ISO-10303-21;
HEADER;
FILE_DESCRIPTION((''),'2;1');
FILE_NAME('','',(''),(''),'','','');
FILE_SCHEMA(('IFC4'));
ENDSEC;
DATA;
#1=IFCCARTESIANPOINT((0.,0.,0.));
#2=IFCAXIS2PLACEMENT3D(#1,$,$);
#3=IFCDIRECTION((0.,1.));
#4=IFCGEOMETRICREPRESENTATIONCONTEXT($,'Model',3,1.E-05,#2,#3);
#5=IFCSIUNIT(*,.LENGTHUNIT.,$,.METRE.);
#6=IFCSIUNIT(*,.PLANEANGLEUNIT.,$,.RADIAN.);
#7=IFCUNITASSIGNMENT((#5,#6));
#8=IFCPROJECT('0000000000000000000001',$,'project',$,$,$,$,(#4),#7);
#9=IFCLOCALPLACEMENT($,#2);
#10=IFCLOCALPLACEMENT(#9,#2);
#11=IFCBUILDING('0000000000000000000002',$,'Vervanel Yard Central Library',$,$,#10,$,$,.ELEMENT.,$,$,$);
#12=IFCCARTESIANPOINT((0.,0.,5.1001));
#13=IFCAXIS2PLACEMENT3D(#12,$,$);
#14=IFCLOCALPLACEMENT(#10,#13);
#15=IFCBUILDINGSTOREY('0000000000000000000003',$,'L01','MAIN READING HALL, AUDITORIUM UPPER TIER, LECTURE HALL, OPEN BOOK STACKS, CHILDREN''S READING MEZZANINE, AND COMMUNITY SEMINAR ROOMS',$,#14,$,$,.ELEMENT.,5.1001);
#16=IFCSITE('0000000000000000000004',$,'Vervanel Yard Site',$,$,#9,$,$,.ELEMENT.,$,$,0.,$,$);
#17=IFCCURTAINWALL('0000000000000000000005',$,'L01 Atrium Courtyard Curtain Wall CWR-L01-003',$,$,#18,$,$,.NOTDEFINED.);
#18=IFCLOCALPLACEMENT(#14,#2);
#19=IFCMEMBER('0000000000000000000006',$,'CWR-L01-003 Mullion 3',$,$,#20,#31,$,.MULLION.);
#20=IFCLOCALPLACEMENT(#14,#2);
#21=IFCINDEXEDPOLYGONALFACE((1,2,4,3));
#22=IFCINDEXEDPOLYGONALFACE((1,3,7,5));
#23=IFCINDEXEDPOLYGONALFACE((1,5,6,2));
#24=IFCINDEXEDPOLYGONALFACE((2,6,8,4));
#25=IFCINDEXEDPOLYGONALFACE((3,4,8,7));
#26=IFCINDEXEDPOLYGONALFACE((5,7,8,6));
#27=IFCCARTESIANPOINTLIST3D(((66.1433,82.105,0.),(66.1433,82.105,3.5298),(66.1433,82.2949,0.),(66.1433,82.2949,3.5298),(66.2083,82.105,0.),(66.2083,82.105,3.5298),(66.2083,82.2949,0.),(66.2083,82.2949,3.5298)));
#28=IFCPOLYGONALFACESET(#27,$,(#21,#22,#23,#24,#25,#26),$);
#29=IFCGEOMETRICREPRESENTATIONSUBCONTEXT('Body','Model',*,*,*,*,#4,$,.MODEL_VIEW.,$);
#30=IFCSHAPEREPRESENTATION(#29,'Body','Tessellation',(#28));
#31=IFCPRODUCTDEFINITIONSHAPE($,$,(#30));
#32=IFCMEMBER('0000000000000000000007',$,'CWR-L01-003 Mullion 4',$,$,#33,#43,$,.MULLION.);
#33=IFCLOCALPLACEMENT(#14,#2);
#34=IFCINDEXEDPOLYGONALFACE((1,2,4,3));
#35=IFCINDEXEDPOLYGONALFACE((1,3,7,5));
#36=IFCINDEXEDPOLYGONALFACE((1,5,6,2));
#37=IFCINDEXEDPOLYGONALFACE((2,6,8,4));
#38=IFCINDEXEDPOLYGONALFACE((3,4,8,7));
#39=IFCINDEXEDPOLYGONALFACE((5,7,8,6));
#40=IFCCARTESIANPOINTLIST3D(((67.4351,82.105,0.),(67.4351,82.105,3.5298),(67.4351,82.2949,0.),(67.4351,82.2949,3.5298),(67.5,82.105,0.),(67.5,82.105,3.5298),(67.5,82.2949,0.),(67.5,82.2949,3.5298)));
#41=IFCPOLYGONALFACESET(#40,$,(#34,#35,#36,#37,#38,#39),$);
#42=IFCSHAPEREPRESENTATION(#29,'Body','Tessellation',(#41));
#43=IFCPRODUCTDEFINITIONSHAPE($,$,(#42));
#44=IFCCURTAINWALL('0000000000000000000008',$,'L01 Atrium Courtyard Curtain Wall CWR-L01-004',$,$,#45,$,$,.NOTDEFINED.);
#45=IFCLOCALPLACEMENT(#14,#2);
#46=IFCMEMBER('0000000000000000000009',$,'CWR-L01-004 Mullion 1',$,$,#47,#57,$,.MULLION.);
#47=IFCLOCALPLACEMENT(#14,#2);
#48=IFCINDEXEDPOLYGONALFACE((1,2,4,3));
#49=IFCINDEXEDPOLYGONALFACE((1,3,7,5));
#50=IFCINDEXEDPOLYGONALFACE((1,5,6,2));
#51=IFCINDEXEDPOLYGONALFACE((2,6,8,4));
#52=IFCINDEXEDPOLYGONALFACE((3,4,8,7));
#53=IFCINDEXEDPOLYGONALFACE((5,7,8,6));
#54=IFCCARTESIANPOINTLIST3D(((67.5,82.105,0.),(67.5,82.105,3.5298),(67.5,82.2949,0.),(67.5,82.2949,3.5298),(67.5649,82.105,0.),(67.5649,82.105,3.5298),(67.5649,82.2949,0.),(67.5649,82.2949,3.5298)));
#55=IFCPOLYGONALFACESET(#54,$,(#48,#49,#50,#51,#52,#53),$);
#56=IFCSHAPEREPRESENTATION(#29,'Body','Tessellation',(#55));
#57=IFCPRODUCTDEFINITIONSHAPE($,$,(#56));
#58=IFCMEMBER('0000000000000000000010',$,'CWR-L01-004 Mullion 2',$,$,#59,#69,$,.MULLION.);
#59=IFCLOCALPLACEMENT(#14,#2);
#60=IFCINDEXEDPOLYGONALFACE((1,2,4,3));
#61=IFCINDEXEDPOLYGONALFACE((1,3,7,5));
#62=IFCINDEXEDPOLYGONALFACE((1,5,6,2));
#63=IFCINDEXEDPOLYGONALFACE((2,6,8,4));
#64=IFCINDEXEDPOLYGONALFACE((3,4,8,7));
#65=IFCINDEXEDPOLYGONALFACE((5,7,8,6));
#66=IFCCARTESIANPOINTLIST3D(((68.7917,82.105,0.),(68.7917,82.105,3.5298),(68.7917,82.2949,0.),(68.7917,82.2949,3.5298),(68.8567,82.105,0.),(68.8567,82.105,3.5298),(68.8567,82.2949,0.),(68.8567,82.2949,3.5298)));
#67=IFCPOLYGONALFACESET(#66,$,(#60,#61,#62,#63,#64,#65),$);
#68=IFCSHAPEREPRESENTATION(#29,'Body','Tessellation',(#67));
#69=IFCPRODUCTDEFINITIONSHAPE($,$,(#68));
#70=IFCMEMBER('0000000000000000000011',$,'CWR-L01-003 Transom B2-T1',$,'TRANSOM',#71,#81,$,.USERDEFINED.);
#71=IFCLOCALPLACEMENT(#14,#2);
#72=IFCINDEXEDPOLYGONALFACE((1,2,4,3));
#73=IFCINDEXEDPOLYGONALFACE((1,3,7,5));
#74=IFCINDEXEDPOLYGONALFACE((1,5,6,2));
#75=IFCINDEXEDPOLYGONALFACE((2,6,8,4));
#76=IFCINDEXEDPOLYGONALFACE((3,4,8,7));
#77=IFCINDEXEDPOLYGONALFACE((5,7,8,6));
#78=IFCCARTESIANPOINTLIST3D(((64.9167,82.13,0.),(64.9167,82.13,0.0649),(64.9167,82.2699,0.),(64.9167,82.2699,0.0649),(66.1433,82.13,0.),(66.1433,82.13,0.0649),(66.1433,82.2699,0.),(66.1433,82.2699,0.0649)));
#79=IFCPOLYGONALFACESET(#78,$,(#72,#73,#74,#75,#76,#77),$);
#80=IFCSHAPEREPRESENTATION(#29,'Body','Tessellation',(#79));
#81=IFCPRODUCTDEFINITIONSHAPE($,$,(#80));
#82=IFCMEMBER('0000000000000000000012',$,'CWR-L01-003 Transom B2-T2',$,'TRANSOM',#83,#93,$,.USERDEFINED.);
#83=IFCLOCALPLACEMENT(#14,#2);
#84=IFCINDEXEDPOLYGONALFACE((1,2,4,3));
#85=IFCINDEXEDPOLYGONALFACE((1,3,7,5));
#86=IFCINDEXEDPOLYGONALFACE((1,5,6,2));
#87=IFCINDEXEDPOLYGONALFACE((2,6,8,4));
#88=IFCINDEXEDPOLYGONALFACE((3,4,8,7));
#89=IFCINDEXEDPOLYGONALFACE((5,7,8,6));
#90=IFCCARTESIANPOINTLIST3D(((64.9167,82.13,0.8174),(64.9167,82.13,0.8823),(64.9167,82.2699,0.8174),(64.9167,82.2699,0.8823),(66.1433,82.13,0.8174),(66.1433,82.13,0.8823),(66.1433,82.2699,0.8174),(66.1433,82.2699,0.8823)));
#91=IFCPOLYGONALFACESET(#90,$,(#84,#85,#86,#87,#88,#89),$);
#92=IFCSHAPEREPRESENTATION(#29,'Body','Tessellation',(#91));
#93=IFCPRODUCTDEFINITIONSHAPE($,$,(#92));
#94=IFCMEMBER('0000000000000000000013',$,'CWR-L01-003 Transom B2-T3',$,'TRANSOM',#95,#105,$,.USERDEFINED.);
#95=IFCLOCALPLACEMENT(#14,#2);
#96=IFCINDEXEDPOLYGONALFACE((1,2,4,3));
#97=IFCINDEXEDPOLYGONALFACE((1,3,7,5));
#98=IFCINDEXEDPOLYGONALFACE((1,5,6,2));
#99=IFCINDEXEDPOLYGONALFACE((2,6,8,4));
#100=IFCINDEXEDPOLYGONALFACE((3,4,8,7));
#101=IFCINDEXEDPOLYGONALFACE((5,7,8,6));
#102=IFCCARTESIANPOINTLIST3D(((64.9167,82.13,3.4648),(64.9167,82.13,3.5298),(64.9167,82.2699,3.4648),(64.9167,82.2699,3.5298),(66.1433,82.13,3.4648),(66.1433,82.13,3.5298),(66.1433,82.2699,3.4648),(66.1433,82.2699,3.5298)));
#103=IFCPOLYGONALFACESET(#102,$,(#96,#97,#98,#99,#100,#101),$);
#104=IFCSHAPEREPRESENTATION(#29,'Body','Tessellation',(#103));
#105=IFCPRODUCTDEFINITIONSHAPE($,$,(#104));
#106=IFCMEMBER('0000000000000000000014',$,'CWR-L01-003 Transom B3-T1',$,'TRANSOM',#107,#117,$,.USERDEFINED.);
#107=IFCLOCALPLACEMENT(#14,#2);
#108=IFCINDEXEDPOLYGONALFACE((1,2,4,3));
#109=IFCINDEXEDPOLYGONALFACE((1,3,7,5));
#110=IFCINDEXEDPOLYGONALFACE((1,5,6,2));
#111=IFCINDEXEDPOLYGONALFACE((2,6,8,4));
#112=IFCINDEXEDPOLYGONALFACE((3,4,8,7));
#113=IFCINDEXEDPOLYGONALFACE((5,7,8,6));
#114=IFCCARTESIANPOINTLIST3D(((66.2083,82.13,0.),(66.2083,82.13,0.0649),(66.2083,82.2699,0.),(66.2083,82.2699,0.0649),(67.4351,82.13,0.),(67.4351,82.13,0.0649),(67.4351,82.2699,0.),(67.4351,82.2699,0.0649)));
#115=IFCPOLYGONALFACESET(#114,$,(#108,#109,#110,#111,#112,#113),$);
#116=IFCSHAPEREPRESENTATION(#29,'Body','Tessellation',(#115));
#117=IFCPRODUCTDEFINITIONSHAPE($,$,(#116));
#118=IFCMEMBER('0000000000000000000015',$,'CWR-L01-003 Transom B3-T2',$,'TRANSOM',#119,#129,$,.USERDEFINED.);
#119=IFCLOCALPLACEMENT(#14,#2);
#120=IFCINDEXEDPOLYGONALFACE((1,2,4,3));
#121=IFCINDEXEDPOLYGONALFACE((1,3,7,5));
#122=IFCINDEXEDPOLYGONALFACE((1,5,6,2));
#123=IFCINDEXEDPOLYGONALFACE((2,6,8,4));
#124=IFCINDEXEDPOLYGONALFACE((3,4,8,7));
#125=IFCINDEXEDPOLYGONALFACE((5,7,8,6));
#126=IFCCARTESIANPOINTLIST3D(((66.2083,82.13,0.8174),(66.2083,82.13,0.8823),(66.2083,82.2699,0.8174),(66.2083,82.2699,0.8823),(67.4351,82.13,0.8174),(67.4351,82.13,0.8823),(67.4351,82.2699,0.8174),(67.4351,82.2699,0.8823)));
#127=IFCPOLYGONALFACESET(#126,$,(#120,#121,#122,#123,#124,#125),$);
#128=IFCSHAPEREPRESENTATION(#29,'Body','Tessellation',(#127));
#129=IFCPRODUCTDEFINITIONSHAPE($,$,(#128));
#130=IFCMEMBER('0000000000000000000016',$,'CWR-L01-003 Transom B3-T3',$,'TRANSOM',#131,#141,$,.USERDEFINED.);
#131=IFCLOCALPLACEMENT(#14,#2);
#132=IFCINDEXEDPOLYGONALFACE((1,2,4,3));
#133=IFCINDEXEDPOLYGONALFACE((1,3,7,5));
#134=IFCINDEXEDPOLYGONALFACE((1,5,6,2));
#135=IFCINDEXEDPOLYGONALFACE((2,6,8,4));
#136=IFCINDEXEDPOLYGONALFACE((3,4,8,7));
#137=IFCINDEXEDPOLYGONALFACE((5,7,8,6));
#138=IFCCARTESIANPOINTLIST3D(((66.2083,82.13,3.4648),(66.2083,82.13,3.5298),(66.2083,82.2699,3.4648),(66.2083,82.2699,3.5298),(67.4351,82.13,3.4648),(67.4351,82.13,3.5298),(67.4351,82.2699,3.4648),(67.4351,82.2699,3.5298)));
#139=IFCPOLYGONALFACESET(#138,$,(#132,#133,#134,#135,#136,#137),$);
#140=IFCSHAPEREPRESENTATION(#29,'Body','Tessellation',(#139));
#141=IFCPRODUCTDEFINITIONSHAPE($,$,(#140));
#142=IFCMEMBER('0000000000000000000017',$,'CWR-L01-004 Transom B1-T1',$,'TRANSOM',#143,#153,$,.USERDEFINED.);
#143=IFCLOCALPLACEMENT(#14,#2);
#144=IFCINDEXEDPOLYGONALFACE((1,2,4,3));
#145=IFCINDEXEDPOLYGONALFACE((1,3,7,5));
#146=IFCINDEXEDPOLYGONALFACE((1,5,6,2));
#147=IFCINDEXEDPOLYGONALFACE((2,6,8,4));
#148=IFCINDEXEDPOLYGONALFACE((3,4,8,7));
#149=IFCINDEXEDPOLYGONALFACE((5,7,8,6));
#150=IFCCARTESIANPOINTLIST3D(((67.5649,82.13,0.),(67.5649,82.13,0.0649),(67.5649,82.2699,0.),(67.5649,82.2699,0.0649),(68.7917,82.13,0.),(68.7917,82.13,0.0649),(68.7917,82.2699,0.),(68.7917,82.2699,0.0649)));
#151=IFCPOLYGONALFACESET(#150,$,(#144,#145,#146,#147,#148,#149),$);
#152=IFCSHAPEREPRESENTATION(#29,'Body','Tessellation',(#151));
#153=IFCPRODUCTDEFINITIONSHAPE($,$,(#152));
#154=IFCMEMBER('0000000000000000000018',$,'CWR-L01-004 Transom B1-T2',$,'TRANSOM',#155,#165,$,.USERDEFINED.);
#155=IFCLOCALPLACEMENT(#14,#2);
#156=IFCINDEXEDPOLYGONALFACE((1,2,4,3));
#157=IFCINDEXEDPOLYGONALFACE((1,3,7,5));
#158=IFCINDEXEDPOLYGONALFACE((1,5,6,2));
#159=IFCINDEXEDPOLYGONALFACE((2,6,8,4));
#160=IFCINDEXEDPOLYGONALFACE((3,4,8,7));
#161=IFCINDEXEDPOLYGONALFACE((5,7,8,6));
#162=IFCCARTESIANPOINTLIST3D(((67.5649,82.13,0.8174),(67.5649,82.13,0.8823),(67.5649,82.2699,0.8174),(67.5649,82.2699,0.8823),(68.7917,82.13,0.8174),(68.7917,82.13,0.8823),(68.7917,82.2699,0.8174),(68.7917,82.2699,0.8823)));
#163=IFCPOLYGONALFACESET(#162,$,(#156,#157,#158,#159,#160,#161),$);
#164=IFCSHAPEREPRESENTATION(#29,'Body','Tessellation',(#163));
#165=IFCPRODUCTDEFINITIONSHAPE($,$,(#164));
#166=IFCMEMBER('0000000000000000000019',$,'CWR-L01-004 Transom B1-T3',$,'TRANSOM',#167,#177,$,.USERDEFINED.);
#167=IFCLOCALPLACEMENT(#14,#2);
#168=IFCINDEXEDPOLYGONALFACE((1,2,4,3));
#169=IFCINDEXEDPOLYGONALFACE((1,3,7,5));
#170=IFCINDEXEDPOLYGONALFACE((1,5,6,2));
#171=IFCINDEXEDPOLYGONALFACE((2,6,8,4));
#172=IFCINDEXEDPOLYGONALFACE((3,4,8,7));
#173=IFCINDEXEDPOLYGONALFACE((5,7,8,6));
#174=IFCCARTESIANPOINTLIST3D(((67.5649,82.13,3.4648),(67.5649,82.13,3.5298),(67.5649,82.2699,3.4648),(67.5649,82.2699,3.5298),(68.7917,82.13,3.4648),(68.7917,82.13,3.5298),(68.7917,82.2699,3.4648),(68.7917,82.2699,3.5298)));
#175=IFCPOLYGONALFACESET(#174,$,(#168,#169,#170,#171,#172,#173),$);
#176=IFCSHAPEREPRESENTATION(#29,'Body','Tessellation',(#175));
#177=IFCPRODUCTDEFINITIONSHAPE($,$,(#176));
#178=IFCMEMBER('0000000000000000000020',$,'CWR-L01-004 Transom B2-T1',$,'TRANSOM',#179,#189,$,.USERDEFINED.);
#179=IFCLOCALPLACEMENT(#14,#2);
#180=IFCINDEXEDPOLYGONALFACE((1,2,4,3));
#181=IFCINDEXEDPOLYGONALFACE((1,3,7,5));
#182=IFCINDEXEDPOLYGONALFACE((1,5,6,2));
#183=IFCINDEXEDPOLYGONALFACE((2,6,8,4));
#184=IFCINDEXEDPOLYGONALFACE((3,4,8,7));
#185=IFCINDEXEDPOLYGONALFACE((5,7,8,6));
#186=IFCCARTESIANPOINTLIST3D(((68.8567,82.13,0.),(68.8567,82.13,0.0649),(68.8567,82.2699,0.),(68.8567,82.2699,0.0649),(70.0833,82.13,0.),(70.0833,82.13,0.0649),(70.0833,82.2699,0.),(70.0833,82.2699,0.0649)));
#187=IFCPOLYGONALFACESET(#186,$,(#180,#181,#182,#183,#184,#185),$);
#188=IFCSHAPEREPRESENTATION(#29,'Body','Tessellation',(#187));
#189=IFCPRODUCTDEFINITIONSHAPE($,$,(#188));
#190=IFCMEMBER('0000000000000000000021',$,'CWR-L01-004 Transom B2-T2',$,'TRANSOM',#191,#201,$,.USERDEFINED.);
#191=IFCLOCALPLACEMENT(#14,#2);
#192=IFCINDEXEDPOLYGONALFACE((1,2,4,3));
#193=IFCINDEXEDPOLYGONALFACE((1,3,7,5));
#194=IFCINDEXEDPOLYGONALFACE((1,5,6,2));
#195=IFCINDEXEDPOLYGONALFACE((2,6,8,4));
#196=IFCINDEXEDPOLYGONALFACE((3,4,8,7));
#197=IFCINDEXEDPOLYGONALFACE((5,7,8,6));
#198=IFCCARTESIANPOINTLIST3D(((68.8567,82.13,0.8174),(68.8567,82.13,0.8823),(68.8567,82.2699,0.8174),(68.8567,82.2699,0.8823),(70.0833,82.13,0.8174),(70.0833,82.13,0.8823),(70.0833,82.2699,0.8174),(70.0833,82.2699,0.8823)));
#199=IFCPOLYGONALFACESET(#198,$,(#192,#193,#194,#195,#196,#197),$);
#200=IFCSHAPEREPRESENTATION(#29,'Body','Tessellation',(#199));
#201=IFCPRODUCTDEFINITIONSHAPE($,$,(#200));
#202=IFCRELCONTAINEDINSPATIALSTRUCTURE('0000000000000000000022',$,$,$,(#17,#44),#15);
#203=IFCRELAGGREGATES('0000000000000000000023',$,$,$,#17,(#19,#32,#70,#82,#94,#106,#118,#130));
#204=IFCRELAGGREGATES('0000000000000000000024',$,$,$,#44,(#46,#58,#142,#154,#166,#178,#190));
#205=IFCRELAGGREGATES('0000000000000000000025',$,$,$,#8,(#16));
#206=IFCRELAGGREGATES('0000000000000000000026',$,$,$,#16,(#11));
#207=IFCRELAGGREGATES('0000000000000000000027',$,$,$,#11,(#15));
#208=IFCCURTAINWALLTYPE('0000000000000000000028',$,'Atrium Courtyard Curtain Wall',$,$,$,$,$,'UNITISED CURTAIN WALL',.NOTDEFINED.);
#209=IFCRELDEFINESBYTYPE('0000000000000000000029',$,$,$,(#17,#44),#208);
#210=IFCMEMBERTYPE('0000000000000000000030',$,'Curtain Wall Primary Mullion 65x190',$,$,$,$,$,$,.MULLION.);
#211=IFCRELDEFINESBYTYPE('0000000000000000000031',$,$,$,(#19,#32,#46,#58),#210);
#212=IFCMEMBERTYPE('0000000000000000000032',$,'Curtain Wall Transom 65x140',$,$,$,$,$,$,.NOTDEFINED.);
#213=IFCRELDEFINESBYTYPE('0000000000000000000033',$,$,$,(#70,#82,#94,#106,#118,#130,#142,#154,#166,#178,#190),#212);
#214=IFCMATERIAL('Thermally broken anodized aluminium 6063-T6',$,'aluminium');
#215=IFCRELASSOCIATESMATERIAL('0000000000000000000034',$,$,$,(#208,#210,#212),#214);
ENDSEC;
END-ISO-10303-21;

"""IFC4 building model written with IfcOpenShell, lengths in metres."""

from ifc_helpers import new_model, si_unit, direction, frame, origin, origin_2d, place, context, subcontext, project, spatial, rectangle, extrude, material, material_profile, profile_set, type_object, element, aggregate, save


model = new_model("IFC4")

# Units and contexts
model_context = context("Model", 3, precision=1e-05, world=origin(), true_north=direction((0.0, 1.0)))
body_context = subcontext(model_context, "Body", "Model", "MODEL_VIEW")
ifc_project = project(units=[si_unit("LENGTHUNIT", "METRE"), si_unit("PLANEANGLEUNIT", "RADIAN")], contexts=[model_context])

# Site, building, storey
site_placement = place(None, origin())
site = spatial("IfcSite", under=ifc_project, at=site_placement, Name="Vervanel Yard Site", CompositionType="ELEMENT", RefElevation=0.0)
building_placement = place(site_placement, origin())
building = spatial("IfcBuilding", under=site, at=building_placement, Name="Vervanel Yard Central Library", CompositionType="ELEMENT")
storey_placement = place(building_placement, frame((0.0, 0.0, 5.1001)))
storey = spatial("IfcBuildingStorey", under=building, at=storey_placement, Name="L01", Description="MAIN READING HALL, AUDITORIUM UPPER TIER, LECTURE HALL, OPEN BOOK STACKS, CHILDREN'S READING MEZZANINE, AND COMMUNITY SEMINAR ROOMS", CompositionType="ELEMENT", Elevation=5.1001)

# Curtain walls, members
ifc_material_1 = material(Name="Thermally broken anodized aluminium 6063-T6", Category="aluminium")
curtain_wall_type = type_object("IfcCurtainWallType", Name="Atrium Courtyard Curtain Wall", ElementType="UNITISED CURTAIN WALL", PredefinedType="NOTDEFINED", material=ifc_material_1)
curtain_wall_1_placement = place(storey_placement, origin())
curtain_wall_1 = element("IfcCurtainWall", 1, at=curtain_wall_1_placement, inside=storey, type_object=curtain_wall_type, Name="L01 Atrium Courtyard Curtain Wall CWR-L01-003", PredefinedType="NOTDEFINED")
ifc_material_profile_1 = material_profile(ifc_material_1, rectangle(XDim=0.0649, YDim=0.1899, at=origin_2d()), Name="ALU 65x190", Category="aluminium")
ifc_profile_set_1 = profile_set([ifc_material_profile_1], Name="Thermally broken anodized aluminium 6063-T6")
member_type_1 = type_object("IfcMemberType", Name="Curtain Wall Primary Mullion 65x190", PredefinedType="MULLION", material=ifc_profile_set_1)
member_1_placement = place(storey_placement, frame((66.1758, 82.2, 0.0), z_axis=(0.0, 0.0, 1.0), x_axis=(1.0, 0.0, 0.0)))
member_1 = element("IfcMember", 2, at=member_1_placement, type_object=member_type_1, Name="CWR-L01-003 Mullion 3", PredefinedType="MULLION", context=body_context, shape_type="SweptSolid", body=[
    extrude(rectangle(XDim=0.0649, YDim=0.1899, at=origin_2d()), origin(), (0.0, 0.0, 1.0), 3.5298),
])
member_2_placement = place(storey_placement, frame((67.4675, 82.2, 0.0), z_axis=(0.0, 0.0, 1.0), x_axis=(1.0, 0.0, 0.0)))
member_2 = element("IfcMember", 3, at=member_2_placement, type_object=member_type_1, Name="CWR-L01-003 Mullion 4", PredefinedType="MULLION", context=body_context, shape_type="SweptSolid", body=[
    extrude(rectangle(XDim=0.0649, YDim=0.1899, at=origin_2d()), origin(), (0.0, 0.0, 1.0), 3.5298),
])
curtain_wall_2_placement = place(storey_placement, origin())
curtain_wall_2 = element("IfcCurtainWall", 4, at=curtain_wall_2_placement, inside=storey, type_object=curtain_wall_type, Name="L01 Atrium Courtyard Curtain Wall CWR-L01-004", PredefinedType="NOTDEFINED")
member_3_placement = place(storey_placement, frame((67.5325, 82.2, 0.0), z_axis=(0.0, 0.0, 1.0), x_axis=(1.0, 0.0, 0.0)))
member_3 = element("IfcMember", 5, at=member_3_placement, type_object=member_type_1, Name="CWR-L01-004 Mullion 1", PredefinedType="MULLION", context=body_context, shape_type="SweptSolid", body=[
    extrude(rectangle(XDim=0.0649, YDim=0.1899, at=origin_2d()), origin(), (0.0, 0.0, 1.0), 3.5298),
])
member_4_placement = place(storey_placement, frame((68.8242, 82.2, 0.0), z_axis=(0.0, 0.0, 1.0), x_axis=(1.0, 0.0, 0.0)))
member_4 = element("IfcMember", 6, at=member_4_placement, type_object=member_type_1, Name="CWR-L01-004 Mullion 2", PredefinedType="MULLION", context=body_context, shape_type="SweptSolid", body=[
    extrude(rectangle(XDim=0.0649, YDim=0.1899, at=origin_2d()), origin(), (0.0, 0.0, 1.0), 3.5298),
])

# Members
ifc_material_profile_2 = material_profile(ifc_material_1, rectangle(XDim=0.0649, YDim=0.1399, at=origin_2d()), Name="ALU 65x140", Category="aluminium")
ifc_profile_set_2 = profile_set([ifc_material_profile_2], Name="Thermally broken anodized aluminium 6063-T6")
member_type_2 = type_object("IfcMemberType", Name="Curtain Wall Transom 65x140", PredefinedType="NOTDEFINED", material=ifc_profile_set_2)
member_5_placement = place(storey_placement, frame((64.9167, 82.2, 0.0325), z_axis=(1.0, 0.0, 0.0), x_axis=(0.0, 0.0, 1.0)))
member_5 = element("IfcMember", 7, at=member_5_placement, type_object=member_type_2, Name="CWR-L01-003 Transom B2-T1", ObjectType="TRANSOM", PredefinedType="USERDEFINED", context=body_context, shape_type="SweptSolid", body=[
    extrude(rectangle(XDim=0.0649, YDim=0.1399, at=origin_2d()), origin(), (0.0, 0.0, 1.0), 1.2266),
])
member_6_placement = place(storey_placement, frame((64.9167, 82.2, 0.8499), z_axis=(1.0, 0.0, 0.0), x_axis=(0.0, 0.0, 1.0)))
member_6 = element("IfcMember", 8, at=member_6_placement, type_object=member_type_2, Name="CWR-L01-003 Transom B2-T2", ObjectType="TRANSOM", PredefinedType="USERDEFINED", context=body_context, shape_type="SweptSolid", body=[
    extrude(rectangle(XDim=0.0649, YDim=0.1399, at=origin_2d()), origin(), (0.0, 0.0, 1.0), 1.2266),
])
member_7_placement = place(storey_placement, frame((64.9167, 82.2, 3.4973), z_axis=(1.0, 0.0, 0.0), x_axis=(0.0, 0.0, 1.0)))
member_7 = element("IfcMember", 9, at=member_7_placement, type_object=member_type_2, Name="CWR-L01-003 Transom B2-T3", ObjectType="TRANSOM", PredefinedType="USERDEFINED", context=body_context, shape_type="SweptSolid", body=[
    extrude(rectangle(XDim=0.0649, YDim=0.1399, at=origin_2d()), origin(), (0.0, 0.0, 1.0), 1.2266),
])
member_8_placement = place(storey_placement, frame((66.2083, 82.2, 0.0325), z_axis=(1.0, 0.0, 0.0), x_axis=(0.0, 0.0, 1.0)))
member_8 = element("IfcMember", 10, at=member_8_placement, type_object=member_type_2, Name="CWR-L01-003 Transom B3-T1", ObjectType="TRANSOM", PredefinedType="USERDEFINED", context=body_context, shape_type="SweptSolid", body=[
    extrude(rectangle(XDim=0.0649, YDim=0.1399, at=origin_2d()), origin(), (0.0, 0.0, 1.0), 1.2268),
])
member_9_placement = place(storey_placement, frame((66.2083, 82.2, 0.8499), z_axis=(1.0, 0.0, 0.0), x_axis=(0.0, 0.0, 1.0)))
member_9 = element("IfcMember", 11, at=member_9_placement, type_object=member_type_2, Name="CWR-L01-003 Transom B3-T2", ObjectType="TRANSOM", PredefinedType="USERDEFINED", context=body_context, shape_type="SweptSolid", body=[
    extrude(rectangle(XDim=0.0649, YDim=0.1399, at=origin_2d()), origin(), (0.0, 0.0, 1.0), 1.2268),
])
member_10_placement = place(storey_placement, frame((66.2083, 82.2, 3.4973), z_axis=(1.0, 0.0, 0.0), x_axis=(0.0, 0.0, 1.0)))
member_10 = element("IfcMember", 12, at=member_10_placement, type_object=member_type_2, Name="CWR-L01-003 Transom B3-T3", ObjectType="TRANSOM", PredefinedType="USERDEFINED", context=body_context, shape_type="SweptSolid", body=[
    extrude(rectangle(XDim=0.0649, YDim=0.1399, at=origin_2d()), origin(), (0.0, 0.0, 1.0), 1.2268),
])
member_11_placement = place(storey_placement, frame((67.5649, 82.2, 0.0325), z_axis=(1.0, 0.0, 0.0), x_axis=(0.0, 0.0, 1.0)))
member_11 = element("IfcMember", 13, at=member_11_placement, type_object=member_type_2, Name="CWR-L01-004 Transom B1-T1", ObjectType="TRANSOM", PredefinedType="USERDEFINED", context=body_context, shape_type="SweptSolid", body=[
    extrude(rectangle(XDim=0.0649, YDim=0.1399, at=origin_2d()), origin(), (0.0, 0.0, 1.0), 1.2268),
])
member_12_placement = place(storey_placement, frame((67.5649, 82.2, 0.8499), z_axis=(1.0, 0.0, 0.0), x_axis=(0.0, 0.0, 1.0)))
member_12 = element("IfcMember", 14, at=member_12_placement, type_object=member_type_2, Name="CWR-L01-004 Transom B1-T2", ObjectType="TRANSOM", PredefinedType="USERDEFINED", context=body_context, shape_type="SweptSolid", body=[
    extrude(rectangle(XDim=0.0649, YDim=0.1399, at=origin_2d()), origin(), (0.0, 0.0, 1.0), 1.2268),
])
member_13_placement = place(storey_placement, frame((67.5649, 82.2, 3.4973), z_axis=(1.0, 0.0, 0.0), x_axis=(0.0, 0.0, 1.0)))
member_13 = element("IfcMember", 15, at=member_13_placement, type_object=member_type_2, Name="CWR-L01-004 Transom B1-T3", ObjectType="TRANSOM", PredefinedType="USERDEFINED", context=body_context, shape_type="SweptSolid", body=[
    extrude(rectangle(XDim=0.0649, YDim=0.1399, at=origin_2d()), origin(), (0.0, 0.0, 1.0), 1.2268),
])
member_14_placement = place(storey_placement, frame((68.8567, 82.2, 0.0325), z_axis=(1.0, 0.0, 0.0), x_axis=(0.0, 0.0, 1.0)))
member_14 = element("IfcMember", 16, at=member_14_placement, type_object=member_type_2, Name="CWR-L01-004 Transom B2-T1", ObjectType="TRANSOM", PredefinedType="USERDEFINED", context=body_context, shape_type="SweptSolid", body=[
    extrude(rectangle(XDim=0.0649, YDim=0.1399, at=origin_2d()), origin(), (0.0, 0.0, 1.0), 1.2266),
])
member_15_placement = place(storey_placement, frame((68.8567, 82.2, 0.8499), z_axis=(1.0, 0.0, 0.0), x_axis=(0.0, 0.0, 1.0)))
member_15 = element("IfcMember", 17, at=member_15_placement, type_object=member_type_2, Name="CWR-L01-004 Transom B2-T2", ObjectType="TRANSOM", PredefinedType="USERDEFINED", context=body_context, shape_type="SweptSolid", body=[
    extrude(rectangle(XDim=0.0649, YDim=0.1399, at=origin_2d()), origin(), (0.0, 0.0, 1.0), 1.2266),
])

aggregate(curtain_wall_1, [member_1, member_2, member_5, member_6, member_7, member_8, member_9, member_10])
aggregate(curtain_wall_2, [member_3, member_4, member_11, member_12, member_13, member_14, member_15])

save(model, "model.ifc")
